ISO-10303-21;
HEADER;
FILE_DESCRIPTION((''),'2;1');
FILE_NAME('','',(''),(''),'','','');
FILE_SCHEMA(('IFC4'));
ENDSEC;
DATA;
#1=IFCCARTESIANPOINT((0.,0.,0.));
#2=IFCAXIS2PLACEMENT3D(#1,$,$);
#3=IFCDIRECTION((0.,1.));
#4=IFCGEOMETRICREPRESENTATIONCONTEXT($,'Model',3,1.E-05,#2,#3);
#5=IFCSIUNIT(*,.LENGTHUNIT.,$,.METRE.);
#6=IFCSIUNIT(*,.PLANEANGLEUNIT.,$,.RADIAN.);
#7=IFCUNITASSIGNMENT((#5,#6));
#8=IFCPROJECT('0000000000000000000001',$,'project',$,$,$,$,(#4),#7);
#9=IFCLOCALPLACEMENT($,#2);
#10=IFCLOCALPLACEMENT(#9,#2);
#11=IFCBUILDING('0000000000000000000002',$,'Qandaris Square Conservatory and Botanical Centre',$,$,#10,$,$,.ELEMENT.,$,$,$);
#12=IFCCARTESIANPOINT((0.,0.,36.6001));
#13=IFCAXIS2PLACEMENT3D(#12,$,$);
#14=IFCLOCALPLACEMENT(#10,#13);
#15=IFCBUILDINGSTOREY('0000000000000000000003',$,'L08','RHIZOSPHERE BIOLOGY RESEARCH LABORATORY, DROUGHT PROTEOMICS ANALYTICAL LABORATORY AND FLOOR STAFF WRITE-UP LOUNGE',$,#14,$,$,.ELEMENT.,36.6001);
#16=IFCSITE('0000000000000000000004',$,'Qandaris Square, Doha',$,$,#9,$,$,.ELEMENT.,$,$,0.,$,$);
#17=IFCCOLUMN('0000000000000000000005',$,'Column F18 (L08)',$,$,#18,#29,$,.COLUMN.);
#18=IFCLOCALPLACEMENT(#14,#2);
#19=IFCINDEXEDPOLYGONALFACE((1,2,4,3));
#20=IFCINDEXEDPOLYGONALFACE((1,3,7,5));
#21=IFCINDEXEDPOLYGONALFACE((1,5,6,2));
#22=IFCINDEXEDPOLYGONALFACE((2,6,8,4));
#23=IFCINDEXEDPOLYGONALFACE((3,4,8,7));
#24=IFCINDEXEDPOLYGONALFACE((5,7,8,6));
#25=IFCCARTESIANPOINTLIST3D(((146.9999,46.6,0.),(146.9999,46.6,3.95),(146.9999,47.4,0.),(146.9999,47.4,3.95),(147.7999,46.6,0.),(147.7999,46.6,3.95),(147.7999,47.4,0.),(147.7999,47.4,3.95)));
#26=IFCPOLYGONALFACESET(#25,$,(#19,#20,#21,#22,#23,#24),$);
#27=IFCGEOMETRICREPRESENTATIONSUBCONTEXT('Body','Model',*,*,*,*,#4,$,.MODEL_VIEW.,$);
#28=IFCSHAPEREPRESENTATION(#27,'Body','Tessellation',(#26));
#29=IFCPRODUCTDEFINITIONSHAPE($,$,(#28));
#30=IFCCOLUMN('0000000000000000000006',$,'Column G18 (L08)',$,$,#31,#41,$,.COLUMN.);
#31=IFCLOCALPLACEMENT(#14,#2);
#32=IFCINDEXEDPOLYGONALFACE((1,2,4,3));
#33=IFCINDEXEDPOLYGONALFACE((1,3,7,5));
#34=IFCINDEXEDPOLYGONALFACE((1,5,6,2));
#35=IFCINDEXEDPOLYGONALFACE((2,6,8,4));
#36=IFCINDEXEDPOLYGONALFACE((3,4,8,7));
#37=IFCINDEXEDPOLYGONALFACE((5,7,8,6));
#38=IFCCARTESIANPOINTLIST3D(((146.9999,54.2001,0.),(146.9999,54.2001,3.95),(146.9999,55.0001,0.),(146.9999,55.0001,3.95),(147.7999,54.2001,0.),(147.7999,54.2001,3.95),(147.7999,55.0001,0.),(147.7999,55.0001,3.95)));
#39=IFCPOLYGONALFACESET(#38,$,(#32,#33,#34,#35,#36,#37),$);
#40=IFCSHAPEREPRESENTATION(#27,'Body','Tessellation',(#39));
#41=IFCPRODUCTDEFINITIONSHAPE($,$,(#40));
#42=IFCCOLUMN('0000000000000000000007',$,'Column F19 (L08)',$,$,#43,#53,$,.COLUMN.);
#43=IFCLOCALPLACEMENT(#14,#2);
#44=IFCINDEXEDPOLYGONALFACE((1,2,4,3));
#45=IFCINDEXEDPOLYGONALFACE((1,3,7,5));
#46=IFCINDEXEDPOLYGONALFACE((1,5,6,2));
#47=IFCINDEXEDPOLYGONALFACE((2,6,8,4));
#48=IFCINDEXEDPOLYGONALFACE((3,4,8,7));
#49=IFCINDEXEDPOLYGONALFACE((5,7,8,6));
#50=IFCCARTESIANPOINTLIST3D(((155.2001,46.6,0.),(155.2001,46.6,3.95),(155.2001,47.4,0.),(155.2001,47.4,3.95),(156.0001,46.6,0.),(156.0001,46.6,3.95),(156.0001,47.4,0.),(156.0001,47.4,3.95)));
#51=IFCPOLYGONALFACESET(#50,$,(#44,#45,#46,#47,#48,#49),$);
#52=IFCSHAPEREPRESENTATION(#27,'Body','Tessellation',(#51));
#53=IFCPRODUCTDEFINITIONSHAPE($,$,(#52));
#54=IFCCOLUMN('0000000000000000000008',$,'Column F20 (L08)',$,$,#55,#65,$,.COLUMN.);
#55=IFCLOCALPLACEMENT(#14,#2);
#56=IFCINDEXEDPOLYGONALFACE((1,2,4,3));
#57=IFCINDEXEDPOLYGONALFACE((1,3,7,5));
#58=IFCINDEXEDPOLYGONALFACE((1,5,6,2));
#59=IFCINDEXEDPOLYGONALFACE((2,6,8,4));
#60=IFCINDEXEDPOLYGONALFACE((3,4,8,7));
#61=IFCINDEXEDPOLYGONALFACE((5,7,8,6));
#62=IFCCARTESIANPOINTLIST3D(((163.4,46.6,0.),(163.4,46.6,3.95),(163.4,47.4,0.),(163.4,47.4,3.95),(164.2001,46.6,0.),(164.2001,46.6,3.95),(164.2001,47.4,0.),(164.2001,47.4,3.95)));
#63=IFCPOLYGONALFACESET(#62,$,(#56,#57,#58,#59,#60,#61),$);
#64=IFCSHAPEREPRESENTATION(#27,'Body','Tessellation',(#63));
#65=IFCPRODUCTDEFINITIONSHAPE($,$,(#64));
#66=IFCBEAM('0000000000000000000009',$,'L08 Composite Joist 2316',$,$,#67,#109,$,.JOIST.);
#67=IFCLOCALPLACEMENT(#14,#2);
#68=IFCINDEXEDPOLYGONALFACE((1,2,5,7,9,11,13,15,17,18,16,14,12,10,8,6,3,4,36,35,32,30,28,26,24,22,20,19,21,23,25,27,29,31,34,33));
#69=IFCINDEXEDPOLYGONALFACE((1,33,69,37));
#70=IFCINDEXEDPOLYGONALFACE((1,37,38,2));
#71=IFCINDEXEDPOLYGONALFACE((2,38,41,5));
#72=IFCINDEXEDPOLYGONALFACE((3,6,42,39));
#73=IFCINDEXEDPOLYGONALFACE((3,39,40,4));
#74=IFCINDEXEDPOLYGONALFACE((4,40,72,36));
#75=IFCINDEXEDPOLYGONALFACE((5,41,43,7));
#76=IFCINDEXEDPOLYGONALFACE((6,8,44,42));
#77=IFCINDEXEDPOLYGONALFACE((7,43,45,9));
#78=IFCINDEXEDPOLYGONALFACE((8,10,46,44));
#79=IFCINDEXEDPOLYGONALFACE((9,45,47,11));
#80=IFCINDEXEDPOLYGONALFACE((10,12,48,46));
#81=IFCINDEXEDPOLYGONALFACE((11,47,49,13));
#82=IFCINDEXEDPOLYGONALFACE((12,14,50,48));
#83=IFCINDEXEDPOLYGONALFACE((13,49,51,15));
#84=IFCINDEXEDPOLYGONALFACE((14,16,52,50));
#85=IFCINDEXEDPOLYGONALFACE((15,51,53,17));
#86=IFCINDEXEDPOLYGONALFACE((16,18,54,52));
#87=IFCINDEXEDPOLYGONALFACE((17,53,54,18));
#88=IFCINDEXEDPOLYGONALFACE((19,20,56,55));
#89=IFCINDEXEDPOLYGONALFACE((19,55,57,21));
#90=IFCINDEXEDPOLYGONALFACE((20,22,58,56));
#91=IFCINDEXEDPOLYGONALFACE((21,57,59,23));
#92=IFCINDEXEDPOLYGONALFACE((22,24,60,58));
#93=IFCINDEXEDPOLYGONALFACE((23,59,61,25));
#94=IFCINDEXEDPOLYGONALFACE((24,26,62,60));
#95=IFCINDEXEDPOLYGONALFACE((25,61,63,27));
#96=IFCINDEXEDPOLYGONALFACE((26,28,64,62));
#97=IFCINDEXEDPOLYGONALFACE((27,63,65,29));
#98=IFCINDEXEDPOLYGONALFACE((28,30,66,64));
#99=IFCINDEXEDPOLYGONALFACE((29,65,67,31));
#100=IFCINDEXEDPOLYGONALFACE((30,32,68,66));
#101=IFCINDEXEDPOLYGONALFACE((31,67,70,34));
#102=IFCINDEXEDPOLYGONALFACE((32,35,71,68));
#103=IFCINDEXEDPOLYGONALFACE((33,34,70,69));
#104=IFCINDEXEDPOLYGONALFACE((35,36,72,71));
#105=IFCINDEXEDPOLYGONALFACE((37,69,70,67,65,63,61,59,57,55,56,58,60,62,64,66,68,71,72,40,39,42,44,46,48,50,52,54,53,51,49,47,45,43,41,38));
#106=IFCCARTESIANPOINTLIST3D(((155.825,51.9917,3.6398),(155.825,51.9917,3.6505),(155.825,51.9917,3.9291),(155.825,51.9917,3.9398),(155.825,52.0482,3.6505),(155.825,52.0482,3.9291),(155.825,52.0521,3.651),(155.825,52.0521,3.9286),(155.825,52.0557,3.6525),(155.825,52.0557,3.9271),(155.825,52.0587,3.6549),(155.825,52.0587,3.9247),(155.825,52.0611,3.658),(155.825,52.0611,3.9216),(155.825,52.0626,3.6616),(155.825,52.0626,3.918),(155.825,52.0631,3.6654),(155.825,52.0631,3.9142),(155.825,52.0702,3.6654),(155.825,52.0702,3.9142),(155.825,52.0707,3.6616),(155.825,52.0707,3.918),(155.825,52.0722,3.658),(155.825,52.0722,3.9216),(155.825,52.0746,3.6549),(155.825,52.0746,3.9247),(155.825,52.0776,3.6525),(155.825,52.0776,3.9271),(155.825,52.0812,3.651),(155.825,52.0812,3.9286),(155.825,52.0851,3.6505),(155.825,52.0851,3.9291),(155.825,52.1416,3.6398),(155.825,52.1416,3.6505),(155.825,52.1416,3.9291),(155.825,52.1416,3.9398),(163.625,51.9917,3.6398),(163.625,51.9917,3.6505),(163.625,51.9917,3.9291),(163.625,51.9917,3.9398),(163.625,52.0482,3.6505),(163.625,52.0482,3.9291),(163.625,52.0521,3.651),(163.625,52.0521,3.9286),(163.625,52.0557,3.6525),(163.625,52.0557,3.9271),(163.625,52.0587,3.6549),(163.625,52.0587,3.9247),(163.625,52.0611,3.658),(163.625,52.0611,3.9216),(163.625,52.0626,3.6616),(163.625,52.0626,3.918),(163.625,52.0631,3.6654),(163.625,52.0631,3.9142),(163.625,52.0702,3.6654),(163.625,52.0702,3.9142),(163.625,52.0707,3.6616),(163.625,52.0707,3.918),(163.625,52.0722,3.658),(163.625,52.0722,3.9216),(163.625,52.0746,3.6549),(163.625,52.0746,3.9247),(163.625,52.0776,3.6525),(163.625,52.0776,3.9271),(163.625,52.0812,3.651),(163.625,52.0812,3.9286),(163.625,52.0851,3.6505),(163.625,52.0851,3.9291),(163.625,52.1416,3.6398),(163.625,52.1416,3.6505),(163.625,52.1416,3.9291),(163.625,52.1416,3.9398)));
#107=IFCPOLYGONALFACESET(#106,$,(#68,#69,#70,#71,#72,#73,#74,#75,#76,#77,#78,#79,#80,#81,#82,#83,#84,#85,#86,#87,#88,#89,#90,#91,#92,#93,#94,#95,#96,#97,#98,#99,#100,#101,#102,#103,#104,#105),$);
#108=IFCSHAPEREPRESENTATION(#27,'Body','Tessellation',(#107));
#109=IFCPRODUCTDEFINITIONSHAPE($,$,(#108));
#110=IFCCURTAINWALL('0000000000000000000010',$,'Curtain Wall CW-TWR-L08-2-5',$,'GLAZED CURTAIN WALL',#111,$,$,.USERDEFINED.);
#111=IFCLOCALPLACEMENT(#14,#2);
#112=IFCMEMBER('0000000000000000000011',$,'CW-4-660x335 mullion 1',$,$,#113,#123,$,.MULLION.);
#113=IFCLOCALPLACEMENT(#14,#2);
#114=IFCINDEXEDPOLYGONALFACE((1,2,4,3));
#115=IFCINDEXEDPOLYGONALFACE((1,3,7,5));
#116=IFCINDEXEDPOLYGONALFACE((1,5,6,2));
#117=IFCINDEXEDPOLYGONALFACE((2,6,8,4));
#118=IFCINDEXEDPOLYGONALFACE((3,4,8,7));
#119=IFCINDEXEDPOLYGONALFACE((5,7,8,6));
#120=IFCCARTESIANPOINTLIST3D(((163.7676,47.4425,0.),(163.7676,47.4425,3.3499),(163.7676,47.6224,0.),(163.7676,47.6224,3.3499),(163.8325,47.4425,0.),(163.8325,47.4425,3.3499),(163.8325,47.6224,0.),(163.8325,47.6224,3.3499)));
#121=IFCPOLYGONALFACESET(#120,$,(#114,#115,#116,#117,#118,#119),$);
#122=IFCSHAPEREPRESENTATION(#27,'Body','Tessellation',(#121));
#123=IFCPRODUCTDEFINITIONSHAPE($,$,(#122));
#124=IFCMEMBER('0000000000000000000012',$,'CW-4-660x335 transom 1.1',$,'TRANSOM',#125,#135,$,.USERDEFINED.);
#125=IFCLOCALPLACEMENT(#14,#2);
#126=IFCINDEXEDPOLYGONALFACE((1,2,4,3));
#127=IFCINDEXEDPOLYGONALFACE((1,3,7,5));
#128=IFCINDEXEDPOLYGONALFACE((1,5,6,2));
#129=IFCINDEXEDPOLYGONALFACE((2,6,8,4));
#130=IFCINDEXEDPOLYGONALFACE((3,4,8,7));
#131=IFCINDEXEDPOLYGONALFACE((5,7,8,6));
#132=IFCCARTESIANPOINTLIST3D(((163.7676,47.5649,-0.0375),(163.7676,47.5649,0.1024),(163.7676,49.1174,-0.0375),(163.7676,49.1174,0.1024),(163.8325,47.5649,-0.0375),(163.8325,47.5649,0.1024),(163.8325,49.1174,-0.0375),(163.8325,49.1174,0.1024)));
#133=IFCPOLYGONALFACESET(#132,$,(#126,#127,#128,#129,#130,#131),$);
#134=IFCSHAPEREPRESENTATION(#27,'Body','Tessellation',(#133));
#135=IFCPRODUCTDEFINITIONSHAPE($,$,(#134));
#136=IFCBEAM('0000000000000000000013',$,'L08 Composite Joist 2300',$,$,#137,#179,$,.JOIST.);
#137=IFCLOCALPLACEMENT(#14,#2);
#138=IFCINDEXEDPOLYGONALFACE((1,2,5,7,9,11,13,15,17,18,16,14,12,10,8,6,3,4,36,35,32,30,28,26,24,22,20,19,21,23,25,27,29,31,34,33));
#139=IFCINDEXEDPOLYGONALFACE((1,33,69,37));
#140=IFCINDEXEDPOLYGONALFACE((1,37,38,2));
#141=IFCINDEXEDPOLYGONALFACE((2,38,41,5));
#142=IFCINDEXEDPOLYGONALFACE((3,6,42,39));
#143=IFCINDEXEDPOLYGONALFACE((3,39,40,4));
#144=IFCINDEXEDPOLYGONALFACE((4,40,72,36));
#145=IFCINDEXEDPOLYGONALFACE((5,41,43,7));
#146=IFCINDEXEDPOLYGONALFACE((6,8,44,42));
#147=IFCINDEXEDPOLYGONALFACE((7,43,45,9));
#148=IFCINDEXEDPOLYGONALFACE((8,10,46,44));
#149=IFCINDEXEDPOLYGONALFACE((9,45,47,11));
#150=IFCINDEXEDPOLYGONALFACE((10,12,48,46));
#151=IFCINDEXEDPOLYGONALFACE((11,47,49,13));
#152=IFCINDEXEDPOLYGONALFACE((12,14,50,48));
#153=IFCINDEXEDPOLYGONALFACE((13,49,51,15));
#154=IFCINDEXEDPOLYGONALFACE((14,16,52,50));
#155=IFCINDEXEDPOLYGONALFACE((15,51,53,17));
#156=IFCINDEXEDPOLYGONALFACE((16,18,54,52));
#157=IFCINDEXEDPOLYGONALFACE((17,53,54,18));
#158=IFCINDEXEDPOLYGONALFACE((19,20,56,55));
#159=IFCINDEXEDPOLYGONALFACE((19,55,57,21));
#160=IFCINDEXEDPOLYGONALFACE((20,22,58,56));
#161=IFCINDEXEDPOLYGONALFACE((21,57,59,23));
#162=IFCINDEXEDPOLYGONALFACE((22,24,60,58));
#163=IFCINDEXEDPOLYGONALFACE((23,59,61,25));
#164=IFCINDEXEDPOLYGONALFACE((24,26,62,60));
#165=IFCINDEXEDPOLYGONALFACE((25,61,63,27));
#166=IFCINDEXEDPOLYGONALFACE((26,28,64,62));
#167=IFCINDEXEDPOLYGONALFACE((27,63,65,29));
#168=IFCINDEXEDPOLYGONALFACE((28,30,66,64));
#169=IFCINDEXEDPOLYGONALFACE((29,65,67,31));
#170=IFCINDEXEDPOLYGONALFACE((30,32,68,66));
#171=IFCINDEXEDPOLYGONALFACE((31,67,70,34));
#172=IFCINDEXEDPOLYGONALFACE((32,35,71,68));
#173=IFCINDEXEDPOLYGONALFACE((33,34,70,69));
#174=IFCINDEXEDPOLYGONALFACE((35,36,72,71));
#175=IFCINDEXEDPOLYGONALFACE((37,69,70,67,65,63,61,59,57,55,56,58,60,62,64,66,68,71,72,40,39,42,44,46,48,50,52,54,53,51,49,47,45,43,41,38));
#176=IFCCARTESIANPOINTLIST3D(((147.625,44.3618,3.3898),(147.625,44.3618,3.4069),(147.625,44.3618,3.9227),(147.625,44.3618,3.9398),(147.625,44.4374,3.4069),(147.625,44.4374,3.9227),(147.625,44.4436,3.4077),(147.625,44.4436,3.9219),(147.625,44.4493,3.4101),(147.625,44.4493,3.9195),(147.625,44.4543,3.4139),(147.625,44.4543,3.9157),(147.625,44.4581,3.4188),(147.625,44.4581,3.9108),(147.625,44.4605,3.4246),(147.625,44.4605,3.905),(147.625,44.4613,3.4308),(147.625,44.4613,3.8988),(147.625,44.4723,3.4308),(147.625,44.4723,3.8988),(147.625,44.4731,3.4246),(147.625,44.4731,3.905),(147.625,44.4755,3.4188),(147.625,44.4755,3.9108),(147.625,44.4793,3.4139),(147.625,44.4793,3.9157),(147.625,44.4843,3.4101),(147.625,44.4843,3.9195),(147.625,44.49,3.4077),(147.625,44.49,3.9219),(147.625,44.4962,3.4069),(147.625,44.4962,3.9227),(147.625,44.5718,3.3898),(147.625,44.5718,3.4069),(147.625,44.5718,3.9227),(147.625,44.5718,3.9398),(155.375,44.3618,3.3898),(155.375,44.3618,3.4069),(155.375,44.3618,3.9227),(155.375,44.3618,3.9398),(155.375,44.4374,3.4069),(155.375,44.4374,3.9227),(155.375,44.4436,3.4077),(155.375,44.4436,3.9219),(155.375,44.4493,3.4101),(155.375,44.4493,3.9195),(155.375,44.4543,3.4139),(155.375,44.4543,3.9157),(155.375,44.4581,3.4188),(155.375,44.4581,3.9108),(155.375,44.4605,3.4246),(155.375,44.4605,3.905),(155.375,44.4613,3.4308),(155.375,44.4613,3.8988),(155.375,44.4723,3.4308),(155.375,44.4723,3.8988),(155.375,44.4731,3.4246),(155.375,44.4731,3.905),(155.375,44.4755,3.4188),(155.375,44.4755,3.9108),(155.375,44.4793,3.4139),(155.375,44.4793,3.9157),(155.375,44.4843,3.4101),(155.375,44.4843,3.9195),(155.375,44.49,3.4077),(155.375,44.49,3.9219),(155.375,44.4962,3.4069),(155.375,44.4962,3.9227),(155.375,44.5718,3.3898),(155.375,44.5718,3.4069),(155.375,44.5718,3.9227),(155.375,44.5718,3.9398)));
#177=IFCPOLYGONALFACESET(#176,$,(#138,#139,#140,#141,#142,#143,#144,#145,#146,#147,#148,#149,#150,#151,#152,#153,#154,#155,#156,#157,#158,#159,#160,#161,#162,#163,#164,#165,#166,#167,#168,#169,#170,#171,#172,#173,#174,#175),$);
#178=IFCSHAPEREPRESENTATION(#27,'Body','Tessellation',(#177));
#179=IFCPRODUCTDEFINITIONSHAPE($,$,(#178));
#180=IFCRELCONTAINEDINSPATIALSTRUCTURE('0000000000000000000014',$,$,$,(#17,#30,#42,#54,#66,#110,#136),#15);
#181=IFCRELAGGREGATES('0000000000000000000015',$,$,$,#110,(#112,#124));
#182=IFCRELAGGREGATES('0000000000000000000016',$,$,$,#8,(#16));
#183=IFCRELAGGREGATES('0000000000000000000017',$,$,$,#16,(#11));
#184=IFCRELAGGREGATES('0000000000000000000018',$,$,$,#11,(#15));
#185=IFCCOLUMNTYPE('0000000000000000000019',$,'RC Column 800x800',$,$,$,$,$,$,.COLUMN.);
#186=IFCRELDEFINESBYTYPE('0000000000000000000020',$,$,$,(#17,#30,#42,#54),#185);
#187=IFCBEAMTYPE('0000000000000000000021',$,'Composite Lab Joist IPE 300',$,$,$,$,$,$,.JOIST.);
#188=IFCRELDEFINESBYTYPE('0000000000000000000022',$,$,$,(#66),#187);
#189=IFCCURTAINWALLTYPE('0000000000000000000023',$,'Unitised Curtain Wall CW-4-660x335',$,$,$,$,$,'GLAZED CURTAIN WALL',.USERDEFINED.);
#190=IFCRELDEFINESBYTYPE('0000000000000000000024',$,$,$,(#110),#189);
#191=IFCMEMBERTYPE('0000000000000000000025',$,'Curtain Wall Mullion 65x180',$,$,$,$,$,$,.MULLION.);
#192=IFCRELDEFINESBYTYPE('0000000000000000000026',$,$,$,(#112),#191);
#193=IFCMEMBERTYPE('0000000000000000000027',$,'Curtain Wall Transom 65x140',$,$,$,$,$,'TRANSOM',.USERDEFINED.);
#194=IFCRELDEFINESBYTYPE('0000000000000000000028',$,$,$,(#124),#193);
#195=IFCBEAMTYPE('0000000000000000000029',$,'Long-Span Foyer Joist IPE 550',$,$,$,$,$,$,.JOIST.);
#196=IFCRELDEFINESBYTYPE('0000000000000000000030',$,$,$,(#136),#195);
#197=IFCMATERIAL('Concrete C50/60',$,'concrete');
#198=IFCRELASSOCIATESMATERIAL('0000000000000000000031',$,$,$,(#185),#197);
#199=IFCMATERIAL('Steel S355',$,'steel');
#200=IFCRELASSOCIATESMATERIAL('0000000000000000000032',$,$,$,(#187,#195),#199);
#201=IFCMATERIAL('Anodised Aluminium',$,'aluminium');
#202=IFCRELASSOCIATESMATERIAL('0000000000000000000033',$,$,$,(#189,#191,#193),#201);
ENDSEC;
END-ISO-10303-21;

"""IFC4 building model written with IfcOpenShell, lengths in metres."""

from ifc_helpers import new_model, si_unit, direction, frame, origin, origin_2d, place, context, subcontext, project, spatial, rectangle, i_section, extrude, material, material_profile, profile_set, type_object, element, aggregate, save


model = new_model("IFC4")

# Units and contexts
model_context = context("Model", 3, precision=1e-05, world=origin(), true_north=direction((0.0, 1.0)))
body_context = subcontext(model_context, "Body", "Model", "MODEL_VIEW")
ifc_project = project(units=[si_unit("LENGTHUNIT", "METRE"), si_unit("PLANEANGLEUNIT", "RADIAN")], contexts=[model_context])

# Site, building, storey
site_placement = place(None, origin())
site = spatial("IfcSite", under=ifc_project, at=site_placement, Name="Qandaris Square, Doha", CompositionType="ELEMENT", RefElevation=0.0)
building_placement = place(site_placement, origin())
building = spatial("IfcBuilding", under=site, at=building_placement, Name="Qandaris Square Conservatory and Botanical Centre", CompositionType="ELEMENT")
storey_placement = place(building_placement, frame((0.0, 0.0, 36.6001)))
storey = spatial("IfcBuildingStorey", under=building, at=storey_placement, Name="L08", Description="RHIZOSPHERE BIOLOGY RESEARCH LABORATORY, DROUGHT PROTEOMICS ANALYTICAL LABORATORY AND FLOOR STAFF WRITE-UP LOUNGE", CompositionType="ELEMENT", Elevation=36.6001)

# Columns
ifc_material_1 = material(Name="Concrete C50/60", Category="concrete")
ifc_material_profile_1 = material_profile(ifc_material_1, rectangle(XDim=0.8, YDim=0.8, at=origin_2d()), Name="RC-COL 800x800")
ifc_profile_set_1 = profile_set([ifc_material_profile_1], Name="Concrete C50/60")
column_type = type_object("IfcColumnType", Name="RC Column 800x800", PredefinedType="COLUMN", material=ifc_profile_set_1)
for number, where, z_axis, x_axis, name in (
    (1, (147.3999, 47.0, 0.0), (0.0, 0.0, 1.0), (1.0, 0.0, 0.0), "Column F18 (L08)"),
    (2, (147.3999, 54.6001, 0.0), (0.0, 0.0, 1.0), (1.0, 0.0, 0.0), "Column G18 (L08)"),
    (3, (155.6001, 47.0, 0.0), (0.0, 0.0, 1.0), (1.0, 0.0, 0.0), "Column F19 (L08)"),
    (4, (163.8, 47.0, 0.0), (0.0, 0.0, 1.0), (1.0, 0.0, 0.0), "Column F20 (L08)"),
):
    element("IfcColumn", number, at=place(storey_placement, frame(where, z_axis=z_axis, x_axis=x_axis)), inside=storey, type_object=column_type, Name=name, PredefinedType="COLUMN", context=body_context, shape_type="SweptSolid", body=[
        extrude(rectangle(XDim=0.8, YDim=0.8, at=origin_2d()), origin(), (0.0, 0.0, 1.0), 3.95),
    ])

# Beam
ifc_material_2 = material(Name="Steel S355", Category="steel")
ifc_material_profile_2 = material_profile(ifc_material_2, i_section(OverallWidth=0.1499, OverallDepth=0.3, WebThickness=0.0071, FlangeThickness=0.0107, FilletRadius=0.0149, at=origin_2d()), Name="IPE 300")
ifc_profile_set_2 = profile_set([ifc_material_profile_2], Name="Steel S355")
beam_type_1 = type_object("IfcBeamType", Name="Composite Lab Joist IPE 300", PredefinedType="JOIST", material=ifc_profile_set_2)
beam_1_placement = place(storey_placement, frame((155.825, 52.0667, 3.7898), z_axis=(1.0, 0.0, 0.0), x_axis=(0.0, 1.0, 0.0)))
element("IfcBeam", 5, at=beam_1_placement, inside=storey, type_object=beam_type_1, Name="L08 Composite Joist 2316", PredefinedType="JOIST", context=body_context, shape_type="SweptSolid", body=[
    extrude(i_section(OverallWidth=0.1499, OverallDepth=0.3, WebThickness=0.0071, FlangeThickness=0.0107, FilletRadius=0.0149, at=origin_2d()), origin(), (0.0, 0.0, 1.0), 7.8),
])

# Curtain wall, members
ifc_material_3 = material(Name="Anodised Aluminium", Category="aluminium")
curtain_wall_type = type_object("IfcCurtainWallType", Name="Unitised Curtain Wall CW-4-660x335", ElementType="GLAZED CURTAIN WALL", PredefinedType="USERDEFINED", material=ifc_material_3)
curtain_wall_placement = place(storey_placement, origin())
curtain_wall = element("IfcCurtainWall", 6, at=curtain_wall_placement, inside=storey, type_object=curtain_wall_type, Name="Curtain Wall CW-TWR-L08-2-5", ObjectType="GLAZED CURTAIN WALL", PredefinedType="USERDEFINED")
ifc_material_profile_3 = material_profile(ifc_material_3, rectangle(XDim=0.0649, YDim=0.1799, at=origin_2d()), Name="ALU-MUL 65x180")
ifc_profile_set_3 = profile_set([ifc_material_profile_3], Name="Anodised Aluminium")
member_type_1 = type_object("IfcMemberType", Name="Curtain Wall Mullion 65x180", PredefinedType="MULLION", material=ifc_profile_set_3)
member_1_placement = place(storey_placement, frame((163.8, 47.5325, 0.0), z_axis=(0.0, 0.0, 1.0), x_axis=(-1.0, 0.0, 0.0)))
member_1 = element("IfcMember", 7, at=member_1_placement, type_object=member_type_1, Name="CW-4-660x335 mullion 1", PredefinedType="MULLION", context=body_context, shape_type="SweptSolid", body=[
    extrude(rectangle(XDim=0.0649, YDim=0.1799, at=origin_2d()), origin(), (0.0, 0.0, 1.0), 3.3499),
])
ifc_material_profile_4 = material_profile(ifc_material_3, rectangle(XDim=0.0649, YDim=0.1399, at=origin_2d()), Name="ALU-TRN 65x140")
ifc_profile_set_4 = profile_set([ifc_material_profile_4], Name="Anodised Aluminium")
member_type_2 = type_object("IfcMemberType", Name="Curtain Wall Transom 65x140", ElementType="TRANSOM", PredefinedType="USERDEFINED", material=ifc_profile_set_4)
member_2_placement = place(storey_placement, frame((163.8, 47.5649, 0.0325), z_axis=(0.0, 1.0, 0.0), x_axis=(-1.0, 0.0, 0.0)))
member_2 = element("IfcMember", 8, at=member_2_placement, type_object=member_type_2, Name="CW-4-660x335 transom 1.1", ObjectType="TRANSOM", PredefinedType="USERDEFINED", context=body_context, shape_type="SweptSolid", body=[
    extrude(rectangle(XDim=0.0649, YDim=0.1399, at=origin_2d()), origin(), (0.0, 0.0, 1.0), 1.5525),
])
aggregate(curtain_wall, [member_1, member_2])

# Beam
ifc_material_profile_5 = material_profile(ifc_material_2, i_section(OverallWidth=0.21, OverallDepth=0.55, WebThickness=0.011, FlangeThickness=0.0171, FilletRadius=0.0239, at=origin_2d()), Name="IPE 550")
ifc_profile_set_5 = profile_set([ifc_material_profile_5], Name="Steel S355")
beam_type_2 = type_object("IfcBeamType", Name="Long-Span Foyer Joist IPE 550", PredefinedType="JOIST", material=ifc_profile_set_5)
for number, where, z_axis, x_axis, name in (
    (9, (147.625, 44.4668, 3.6648), (1.0, 0.0, 0.0), (0.0, 1.0, 0.0), "L08 Composite Joist 2300"),
):
    element("IfcBeam", number, at=place(storey_placement, frame(where, z_axis=z_axis, x_axis=x_axis)), inside=storey, type_object=beam_type_2, Name=name, PredefinedType="JOIST", context=body_context, shape_type="SweptSolid", body=[
        extrude(i_section(OverallWidth=0.21, OverallDepth=0.55, WebThickness=0.011, FlangeThickness=0.0171, FilletRadius=0.0239, at=origin_2d()), origin(), (0.0, 0.0, 1.0), 7.75),
    ])

save(model, "model.ifc")
